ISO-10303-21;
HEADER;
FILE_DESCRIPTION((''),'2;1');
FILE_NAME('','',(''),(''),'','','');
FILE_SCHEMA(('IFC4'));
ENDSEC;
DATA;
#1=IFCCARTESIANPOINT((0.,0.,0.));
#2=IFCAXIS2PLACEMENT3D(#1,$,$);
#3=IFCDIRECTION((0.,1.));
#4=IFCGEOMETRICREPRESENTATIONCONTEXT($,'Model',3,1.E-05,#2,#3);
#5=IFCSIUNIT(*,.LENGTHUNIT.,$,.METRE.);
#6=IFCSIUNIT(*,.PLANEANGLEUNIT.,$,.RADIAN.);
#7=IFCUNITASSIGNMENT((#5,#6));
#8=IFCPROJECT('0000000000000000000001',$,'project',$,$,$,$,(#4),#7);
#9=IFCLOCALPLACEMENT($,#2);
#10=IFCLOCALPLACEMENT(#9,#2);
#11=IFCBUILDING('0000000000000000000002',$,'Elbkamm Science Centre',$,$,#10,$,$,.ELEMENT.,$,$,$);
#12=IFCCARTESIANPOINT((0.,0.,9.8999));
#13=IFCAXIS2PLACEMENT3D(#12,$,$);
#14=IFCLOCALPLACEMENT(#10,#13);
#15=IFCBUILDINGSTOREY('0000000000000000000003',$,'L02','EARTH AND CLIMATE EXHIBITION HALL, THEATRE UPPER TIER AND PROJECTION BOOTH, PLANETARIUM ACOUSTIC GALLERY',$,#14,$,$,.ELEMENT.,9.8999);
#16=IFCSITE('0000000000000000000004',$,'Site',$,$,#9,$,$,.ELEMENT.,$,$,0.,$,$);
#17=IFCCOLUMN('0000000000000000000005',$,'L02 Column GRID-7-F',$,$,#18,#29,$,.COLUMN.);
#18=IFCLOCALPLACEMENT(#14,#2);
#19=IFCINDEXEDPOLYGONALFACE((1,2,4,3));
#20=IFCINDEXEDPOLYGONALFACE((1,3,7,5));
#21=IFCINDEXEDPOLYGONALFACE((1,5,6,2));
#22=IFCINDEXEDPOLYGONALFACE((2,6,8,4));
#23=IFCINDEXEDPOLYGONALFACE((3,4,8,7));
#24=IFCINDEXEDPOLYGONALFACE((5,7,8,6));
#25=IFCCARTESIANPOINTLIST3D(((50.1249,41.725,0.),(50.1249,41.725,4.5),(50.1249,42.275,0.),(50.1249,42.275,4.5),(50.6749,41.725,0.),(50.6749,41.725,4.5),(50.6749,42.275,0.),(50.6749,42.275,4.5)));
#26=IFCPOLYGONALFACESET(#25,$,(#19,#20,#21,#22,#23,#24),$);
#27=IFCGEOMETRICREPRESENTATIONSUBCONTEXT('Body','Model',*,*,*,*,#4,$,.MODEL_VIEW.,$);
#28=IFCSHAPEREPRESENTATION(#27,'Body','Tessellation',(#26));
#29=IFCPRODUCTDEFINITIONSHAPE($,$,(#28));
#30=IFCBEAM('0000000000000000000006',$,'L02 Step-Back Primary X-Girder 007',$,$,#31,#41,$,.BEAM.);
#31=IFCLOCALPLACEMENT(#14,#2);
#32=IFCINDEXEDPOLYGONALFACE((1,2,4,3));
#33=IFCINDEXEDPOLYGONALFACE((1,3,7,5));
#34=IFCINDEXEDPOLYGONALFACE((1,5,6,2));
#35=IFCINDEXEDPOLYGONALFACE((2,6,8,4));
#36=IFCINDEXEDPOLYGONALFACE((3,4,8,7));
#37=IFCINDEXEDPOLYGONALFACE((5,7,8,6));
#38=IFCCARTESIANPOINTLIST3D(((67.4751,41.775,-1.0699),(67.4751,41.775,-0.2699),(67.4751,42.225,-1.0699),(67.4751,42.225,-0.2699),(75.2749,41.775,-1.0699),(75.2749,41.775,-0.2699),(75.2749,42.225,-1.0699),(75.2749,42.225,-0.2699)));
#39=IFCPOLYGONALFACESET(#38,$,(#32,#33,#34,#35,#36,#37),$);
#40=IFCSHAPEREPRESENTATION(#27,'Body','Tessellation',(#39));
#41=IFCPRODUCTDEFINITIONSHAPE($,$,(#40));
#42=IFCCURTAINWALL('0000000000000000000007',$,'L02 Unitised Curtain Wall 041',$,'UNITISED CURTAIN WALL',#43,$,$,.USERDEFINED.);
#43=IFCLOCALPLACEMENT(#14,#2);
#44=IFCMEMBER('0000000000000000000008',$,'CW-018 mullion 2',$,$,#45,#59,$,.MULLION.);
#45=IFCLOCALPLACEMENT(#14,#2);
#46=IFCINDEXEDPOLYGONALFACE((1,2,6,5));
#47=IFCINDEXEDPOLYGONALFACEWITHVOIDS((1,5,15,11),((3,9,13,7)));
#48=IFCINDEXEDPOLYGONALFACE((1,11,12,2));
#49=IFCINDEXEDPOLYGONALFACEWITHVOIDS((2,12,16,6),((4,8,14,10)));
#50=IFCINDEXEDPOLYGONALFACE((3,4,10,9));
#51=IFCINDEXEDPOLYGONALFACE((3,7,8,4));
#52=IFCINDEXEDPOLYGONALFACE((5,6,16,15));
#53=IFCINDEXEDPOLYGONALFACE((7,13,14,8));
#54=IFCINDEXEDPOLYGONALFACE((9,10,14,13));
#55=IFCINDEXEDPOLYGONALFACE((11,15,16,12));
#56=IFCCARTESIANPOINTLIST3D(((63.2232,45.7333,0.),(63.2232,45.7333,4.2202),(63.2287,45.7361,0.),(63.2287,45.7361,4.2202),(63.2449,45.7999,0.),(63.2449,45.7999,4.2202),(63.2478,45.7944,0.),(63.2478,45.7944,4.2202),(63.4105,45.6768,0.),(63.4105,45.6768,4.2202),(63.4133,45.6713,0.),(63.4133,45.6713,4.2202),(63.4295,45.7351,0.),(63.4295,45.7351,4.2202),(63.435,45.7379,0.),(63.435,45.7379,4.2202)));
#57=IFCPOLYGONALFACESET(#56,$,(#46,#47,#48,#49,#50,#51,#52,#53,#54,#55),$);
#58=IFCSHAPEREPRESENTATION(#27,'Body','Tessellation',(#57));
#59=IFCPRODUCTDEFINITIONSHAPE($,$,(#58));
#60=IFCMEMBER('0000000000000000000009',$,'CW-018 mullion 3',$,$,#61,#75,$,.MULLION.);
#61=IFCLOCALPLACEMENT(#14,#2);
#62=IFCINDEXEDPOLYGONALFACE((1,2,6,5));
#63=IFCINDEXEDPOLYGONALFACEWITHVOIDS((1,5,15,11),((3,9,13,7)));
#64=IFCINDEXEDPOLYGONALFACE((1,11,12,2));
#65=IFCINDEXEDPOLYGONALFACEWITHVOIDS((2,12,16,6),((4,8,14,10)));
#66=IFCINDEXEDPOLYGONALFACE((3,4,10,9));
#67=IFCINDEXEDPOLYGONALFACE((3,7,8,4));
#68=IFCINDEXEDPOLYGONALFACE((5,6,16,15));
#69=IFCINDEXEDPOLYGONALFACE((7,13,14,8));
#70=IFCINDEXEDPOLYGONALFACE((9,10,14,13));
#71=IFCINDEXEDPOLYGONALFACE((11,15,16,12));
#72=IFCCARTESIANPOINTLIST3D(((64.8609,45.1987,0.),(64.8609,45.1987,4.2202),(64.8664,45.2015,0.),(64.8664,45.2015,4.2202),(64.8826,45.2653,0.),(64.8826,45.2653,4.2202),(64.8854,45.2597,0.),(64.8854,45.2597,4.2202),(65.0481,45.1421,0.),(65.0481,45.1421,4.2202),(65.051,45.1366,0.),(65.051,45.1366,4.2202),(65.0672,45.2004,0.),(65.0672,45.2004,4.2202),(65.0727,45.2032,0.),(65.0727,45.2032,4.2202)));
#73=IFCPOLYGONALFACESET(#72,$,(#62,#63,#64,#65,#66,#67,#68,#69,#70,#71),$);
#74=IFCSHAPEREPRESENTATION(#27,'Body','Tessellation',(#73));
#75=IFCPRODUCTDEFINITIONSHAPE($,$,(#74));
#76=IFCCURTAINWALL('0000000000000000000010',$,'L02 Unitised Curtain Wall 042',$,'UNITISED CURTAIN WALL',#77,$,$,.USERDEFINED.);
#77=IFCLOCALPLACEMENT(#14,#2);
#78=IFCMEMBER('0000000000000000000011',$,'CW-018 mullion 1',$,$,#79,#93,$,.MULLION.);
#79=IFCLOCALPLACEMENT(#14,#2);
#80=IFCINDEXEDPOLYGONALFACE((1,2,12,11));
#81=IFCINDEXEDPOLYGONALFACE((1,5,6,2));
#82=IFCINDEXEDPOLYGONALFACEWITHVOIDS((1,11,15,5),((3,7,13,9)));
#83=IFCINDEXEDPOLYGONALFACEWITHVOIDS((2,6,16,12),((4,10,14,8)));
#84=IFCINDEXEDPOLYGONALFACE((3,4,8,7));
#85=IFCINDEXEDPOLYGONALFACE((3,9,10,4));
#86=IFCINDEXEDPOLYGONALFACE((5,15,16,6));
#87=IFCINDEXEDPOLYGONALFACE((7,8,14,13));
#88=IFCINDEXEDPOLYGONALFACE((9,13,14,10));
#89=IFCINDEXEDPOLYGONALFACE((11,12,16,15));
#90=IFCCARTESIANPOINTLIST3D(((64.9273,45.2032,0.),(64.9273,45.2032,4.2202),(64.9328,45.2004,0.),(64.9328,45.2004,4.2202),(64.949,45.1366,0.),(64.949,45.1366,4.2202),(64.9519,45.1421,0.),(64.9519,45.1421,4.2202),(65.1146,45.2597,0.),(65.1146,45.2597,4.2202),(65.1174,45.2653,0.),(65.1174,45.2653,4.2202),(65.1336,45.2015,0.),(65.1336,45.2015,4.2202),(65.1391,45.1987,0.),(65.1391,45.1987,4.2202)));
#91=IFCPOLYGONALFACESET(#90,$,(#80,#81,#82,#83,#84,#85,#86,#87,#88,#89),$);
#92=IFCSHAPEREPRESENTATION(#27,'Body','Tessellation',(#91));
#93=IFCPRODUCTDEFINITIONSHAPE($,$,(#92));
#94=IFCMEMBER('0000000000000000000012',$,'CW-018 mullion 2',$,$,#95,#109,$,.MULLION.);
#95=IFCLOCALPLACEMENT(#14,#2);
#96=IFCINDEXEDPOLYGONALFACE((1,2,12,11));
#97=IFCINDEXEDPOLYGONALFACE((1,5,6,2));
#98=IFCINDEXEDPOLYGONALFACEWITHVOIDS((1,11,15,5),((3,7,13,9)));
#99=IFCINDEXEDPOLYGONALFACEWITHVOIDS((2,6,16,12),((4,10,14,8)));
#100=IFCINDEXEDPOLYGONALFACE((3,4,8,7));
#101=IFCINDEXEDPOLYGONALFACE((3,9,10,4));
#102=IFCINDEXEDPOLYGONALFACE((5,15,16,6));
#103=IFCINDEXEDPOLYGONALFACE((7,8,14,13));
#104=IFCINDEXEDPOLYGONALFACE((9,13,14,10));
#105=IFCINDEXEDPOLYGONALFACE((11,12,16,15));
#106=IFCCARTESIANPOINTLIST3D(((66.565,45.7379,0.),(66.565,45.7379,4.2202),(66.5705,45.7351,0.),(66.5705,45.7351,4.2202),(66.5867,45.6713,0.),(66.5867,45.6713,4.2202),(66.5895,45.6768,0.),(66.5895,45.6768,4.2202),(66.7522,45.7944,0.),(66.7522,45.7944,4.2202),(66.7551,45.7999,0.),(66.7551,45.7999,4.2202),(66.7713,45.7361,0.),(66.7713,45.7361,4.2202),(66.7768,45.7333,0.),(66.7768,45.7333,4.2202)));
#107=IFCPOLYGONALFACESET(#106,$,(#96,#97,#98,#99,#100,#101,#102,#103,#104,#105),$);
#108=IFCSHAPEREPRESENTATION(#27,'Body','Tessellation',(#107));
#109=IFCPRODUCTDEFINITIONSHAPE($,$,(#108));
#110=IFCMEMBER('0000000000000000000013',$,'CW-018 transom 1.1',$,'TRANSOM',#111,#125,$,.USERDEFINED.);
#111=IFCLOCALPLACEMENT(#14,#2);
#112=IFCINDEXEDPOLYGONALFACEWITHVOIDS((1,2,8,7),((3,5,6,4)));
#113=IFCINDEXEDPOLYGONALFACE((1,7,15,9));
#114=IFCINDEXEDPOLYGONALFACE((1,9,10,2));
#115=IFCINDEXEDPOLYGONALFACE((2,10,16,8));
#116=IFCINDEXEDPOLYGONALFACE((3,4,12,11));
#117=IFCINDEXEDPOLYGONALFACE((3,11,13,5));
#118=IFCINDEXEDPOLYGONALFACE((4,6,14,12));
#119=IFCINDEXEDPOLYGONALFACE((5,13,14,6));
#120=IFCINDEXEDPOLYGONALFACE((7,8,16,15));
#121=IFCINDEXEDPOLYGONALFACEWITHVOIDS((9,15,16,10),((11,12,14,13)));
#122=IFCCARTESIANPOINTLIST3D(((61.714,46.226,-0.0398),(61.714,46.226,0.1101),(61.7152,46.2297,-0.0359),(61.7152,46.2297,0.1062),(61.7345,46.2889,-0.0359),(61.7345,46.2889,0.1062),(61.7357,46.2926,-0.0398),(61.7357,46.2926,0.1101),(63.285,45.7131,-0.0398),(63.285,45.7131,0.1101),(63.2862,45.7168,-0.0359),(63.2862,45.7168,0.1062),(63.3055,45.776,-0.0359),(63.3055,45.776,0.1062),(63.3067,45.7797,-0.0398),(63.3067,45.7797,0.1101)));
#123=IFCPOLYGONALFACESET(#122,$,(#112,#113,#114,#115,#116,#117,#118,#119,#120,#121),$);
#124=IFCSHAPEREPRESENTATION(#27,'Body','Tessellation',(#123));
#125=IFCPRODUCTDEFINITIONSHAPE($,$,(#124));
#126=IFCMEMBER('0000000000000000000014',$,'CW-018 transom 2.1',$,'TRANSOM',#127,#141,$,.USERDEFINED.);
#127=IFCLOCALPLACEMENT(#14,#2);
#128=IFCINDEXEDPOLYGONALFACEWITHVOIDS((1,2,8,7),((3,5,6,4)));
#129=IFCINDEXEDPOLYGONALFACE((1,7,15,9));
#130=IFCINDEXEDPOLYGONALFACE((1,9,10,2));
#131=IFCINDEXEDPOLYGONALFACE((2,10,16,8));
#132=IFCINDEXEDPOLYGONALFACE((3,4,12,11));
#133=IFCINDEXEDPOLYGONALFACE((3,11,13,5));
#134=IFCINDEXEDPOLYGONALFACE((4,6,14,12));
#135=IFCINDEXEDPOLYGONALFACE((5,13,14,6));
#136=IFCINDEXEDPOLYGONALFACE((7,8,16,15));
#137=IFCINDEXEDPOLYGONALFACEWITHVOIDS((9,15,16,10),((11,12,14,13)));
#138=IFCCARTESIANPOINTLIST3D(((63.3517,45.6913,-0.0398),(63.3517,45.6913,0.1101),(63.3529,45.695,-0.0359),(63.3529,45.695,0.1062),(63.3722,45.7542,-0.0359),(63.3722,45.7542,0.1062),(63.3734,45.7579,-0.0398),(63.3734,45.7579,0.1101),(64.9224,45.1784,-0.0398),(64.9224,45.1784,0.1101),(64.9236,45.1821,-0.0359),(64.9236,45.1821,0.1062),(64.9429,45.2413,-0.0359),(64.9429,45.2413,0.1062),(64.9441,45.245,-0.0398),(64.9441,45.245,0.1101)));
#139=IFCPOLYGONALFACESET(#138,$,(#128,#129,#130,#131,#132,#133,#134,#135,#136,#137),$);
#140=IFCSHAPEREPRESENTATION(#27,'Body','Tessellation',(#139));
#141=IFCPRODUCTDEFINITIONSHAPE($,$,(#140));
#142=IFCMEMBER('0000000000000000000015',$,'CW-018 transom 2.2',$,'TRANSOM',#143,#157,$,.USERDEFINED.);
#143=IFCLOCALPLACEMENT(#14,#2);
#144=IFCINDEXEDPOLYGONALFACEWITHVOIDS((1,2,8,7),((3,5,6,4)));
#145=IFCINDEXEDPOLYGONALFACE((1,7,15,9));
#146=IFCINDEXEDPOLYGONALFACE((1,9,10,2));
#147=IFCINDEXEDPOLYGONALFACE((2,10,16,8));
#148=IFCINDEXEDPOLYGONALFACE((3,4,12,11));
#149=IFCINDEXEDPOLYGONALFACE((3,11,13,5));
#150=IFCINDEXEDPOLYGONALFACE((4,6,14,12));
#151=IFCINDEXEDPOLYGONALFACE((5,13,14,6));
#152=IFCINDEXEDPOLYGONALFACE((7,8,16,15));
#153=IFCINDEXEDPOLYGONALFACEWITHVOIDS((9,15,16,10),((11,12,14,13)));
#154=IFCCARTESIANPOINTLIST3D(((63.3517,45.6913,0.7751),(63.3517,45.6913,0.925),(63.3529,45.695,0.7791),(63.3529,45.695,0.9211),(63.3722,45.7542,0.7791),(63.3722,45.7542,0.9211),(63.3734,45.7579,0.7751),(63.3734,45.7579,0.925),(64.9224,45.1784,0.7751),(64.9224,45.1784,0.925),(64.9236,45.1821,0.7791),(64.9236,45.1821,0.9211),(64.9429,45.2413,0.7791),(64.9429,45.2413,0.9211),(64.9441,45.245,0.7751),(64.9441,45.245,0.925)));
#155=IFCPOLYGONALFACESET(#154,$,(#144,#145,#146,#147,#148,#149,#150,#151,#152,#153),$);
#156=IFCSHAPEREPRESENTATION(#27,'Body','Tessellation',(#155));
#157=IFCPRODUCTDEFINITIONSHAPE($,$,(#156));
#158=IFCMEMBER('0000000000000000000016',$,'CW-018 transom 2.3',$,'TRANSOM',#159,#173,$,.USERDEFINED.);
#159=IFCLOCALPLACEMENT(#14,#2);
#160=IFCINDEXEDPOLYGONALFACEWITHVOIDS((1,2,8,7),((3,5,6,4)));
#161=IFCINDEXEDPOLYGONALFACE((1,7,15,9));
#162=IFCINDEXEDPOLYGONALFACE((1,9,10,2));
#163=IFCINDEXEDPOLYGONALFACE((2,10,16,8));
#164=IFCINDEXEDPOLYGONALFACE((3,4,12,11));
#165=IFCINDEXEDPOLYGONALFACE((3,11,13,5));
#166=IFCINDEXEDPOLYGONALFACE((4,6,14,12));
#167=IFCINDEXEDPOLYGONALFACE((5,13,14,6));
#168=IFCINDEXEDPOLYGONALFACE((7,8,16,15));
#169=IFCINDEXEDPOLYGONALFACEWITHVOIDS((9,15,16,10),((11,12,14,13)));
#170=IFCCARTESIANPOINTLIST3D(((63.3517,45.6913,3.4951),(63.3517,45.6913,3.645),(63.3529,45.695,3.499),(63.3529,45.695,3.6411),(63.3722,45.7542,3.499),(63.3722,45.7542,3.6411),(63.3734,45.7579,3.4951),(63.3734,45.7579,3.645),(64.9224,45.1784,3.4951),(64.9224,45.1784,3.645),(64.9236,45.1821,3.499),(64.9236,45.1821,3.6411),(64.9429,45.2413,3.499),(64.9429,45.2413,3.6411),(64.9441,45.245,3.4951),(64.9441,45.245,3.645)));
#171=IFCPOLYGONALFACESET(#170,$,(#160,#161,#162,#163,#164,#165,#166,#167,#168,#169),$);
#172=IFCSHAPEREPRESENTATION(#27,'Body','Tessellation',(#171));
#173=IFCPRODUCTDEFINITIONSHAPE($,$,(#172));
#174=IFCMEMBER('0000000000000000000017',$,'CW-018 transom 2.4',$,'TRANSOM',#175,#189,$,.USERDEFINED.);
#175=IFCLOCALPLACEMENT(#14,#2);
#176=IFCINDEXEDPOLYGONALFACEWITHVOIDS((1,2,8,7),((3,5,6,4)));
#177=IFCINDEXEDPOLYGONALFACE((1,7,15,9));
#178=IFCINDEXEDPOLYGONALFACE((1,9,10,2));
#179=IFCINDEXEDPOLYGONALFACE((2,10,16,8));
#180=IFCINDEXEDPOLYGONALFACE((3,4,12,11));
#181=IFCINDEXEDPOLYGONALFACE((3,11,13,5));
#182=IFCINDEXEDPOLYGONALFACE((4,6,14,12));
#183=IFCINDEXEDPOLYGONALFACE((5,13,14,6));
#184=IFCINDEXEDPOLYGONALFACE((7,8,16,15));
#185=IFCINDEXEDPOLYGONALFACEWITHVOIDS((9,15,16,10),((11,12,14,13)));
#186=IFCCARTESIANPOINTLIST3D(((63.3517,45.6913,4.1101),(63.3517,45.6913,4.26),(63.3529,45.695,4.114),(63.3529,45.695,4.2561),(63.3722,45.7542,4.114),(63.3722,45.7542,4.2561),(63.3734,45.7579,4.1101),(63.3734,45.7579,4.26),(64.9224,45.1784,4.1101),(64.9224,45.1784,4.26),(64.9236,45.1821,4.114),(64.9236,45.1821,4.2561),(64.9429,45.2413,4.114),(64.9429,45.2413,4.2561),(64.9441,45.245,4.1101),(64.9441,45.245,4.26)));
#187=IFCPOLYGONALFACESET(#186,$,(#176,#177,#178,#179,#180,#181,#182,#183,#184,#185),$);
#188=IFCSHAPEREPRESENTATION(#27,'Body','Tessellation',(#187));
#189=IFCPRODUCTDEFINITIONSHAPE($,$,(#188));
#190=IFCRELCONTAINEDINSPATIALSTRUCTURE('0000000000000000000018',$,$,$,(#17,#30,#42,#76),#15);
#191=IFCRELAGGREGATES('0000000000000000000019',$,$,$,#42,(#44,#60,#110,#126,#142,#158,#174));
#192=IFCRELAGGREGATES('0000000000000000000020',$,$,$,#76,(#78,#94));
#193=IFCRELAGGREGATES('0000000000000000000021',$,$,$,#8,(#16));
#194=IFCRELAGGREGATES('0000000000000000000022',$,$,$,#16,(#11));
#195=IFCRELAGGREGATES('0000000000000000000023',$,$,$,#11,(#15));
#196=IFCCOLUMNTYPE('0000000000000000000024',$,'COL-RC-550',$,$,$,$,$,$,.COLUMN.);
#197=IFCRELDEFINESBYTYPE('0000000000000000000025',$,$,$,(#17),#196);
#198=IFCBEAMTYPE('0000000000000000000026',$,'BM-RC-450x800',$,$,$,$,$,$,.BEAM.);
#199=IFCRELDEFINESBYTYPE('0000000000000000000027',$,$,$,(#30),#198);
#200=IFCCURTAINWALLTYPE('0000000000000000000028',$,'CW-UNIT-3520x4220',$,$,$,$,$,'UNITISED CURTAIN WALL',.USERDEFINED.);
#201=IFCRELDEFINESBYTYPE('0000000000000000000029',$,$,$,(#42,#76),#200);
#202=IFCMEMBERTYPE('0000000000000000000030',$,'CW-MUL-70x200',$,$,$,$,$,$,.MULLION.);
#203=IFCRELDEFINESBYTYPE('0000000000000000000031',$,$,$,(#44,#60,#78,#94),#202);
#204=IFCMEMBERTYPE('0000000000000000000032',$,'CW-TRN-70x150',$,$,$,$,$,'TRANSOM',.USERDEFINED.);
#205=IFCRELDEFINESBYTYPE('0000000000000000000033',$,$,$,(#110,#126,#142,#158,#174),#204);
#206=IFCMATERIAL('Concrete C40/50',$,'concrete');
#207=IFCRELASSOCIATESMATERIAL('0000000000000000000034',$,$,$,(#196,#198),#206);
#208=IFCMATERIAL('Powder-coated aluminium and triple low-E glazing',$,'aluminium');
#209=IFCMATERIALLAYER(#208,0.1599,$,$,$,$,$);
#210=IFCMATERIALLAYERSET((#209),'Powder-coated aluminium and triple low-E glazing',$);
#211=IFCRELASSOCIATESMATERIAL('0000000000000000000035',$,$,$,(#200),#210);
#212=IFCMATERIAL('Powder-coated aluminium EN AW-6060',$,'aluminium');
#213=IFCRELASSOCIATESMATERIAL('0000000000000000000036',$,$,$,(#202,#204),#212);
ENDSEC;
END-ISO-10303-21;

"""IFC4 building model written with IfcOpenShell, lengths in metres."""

from ifc_helpers import new_model, si_unit, direction, frame, origin, origin_2d, place, context, subcontext, project, spatial, rectangle, hollow_rectangle, extrude, material, layer, layer_set, material_profile, profile_set, type_object, element, aggregate, save


model = new_model("IFC4")

# Units and contexts
model_context = context("Model", 3, precision=1e-05, world=origin(), true_north=direction((0.0, 1.0)))
body_context = subcontext(model_context, "Body", "Model", "MODEL_VIEW")
ifc_project = project(units=[si_unit("LENGTHUNIT", "METRE"), si_unit("PLANEANGLEUNIT", "RADIAN")], contexts=[model_context])

# Site, building, storey
site_placement = place(None, origin())
site = spatial("IfcSite", under=ifc_project, at=site_placement, Name="Site", CompositionType="ELEMENT", RefElevation=0.0)
building_placement = place(site_placement, origin())
building = spatial("IfcBuilding", under=site, at=building_placement, Name="Elbkamm Science Centre", CompositionType="ELEMENT")
storey_placement = place(building_placement, frame((0.0, 0.0, 9.8999)))
storey = spatial("IfcBuildingStorey", under=building, at=storey_placement, Name="L02", Description="EARTH AND CLIMATE EXHIBITION HALL, THEATRE UPPER TIER AND PROJECTION BOOTH, PLANETARIUM ACOUSTIC GALLERY", CompositionType="ELEMENT", Elevation=9.8999)

# Column
ifc_material_1 = material(Name="Concrete C40/50", Category="concrete")
ifc_material_profile_1 = material_profile(ifc_material_1, rectangle(XDim=0.55, YDim=0.55, at=origin_2d()), Name="RC 550x550")
ifc_profile_set_1 = profile_set([ifc_material_profile_1], Name="Concrete C40/50")
column_type = type_object("IfcColumnType", Name="COL-RC-550", PredefinedType="COLUMN", material=ifc_profile_set_1)
column_placement = place(storey_placement, frame((50.3999, 42.0, 0.0), z_axis=(0.0, 0.0, 1.0), x_axis=(1.0, 0.0, 0.0)))
element("IfcColumn", 1, at=column_placement, inside=storey, type_object=column_type, Name="L02 Column GRID-7-F", PredefinedType="COLUMN", context=body_context, shape_type="SweptSolid", body=[
    extrude(rectangle(XDim=0.55, YDim=0.55, at=origin_2d()), origin(), (0.0, 0.0, 1.0), 4.5),
])

# Beam
ifc_material_profile_2 = material_profile(ifc_material_1, rectangle(XDim=0.45, YDim=0.8, at=origin_2d()), Name="RC 450x800")
ifc_profile_set_2 = profile_set([ifc_material_profile_2], Name="Concrete C40/50")
beam_type = type_object("IfcBeamType", Name="BM-RC-450x800", PredefinedType="BEAM", material=ifc_profile_set_2)
beam_placement = place(storey_placement, frame((67.4751, 42.0, -0.6699), z_axis=(1.0, 0.0, 0.0), x_axis=(0.0, 1.0, 0.0)))
element("IfcBeam", 2, at=beam_placement, inside=storey, type_object=beam_type, Name="L02 Step-Back Primary X-Girder 007", PredefinedType="BEAM", context=body_context, shape_type="SweptSolid", body=[
    extrude(rectangle(XDim=0.45, YDim=0.8, at=origin_2d()), origin(), (0.0, 0.0, 1.0), 7.7998),
])

# Curtain walls, members
ifc_material_2 = material(Name="Powder-coated aluminium and triple low-E glazing", Category="aluminium")
ifc_layer_1 = layer(ifc_material_2, 0.1599)
ifc_layer_set_1 = layer_set([ifc_layer_1], Name="Powder-coated aluminium and triple low-E glazing")
curtain_wall_type = type_object("IfcCurtainWallType", Name="CW-UNIT-3520x4220", ElementType="UNITISED CURTAIN WALL", PredefinedType="USERDEFINED", material=ifc_layer_set_1)
curtain_wall_1_placement = place(storey_placement, origin())
curtain_wall_1 = element("IfcCurtainWall", 3, at=curtain_wall_1_placement, inside=storey, type_object=curtain_wall_type, Name="L02 Unitised Curtain Wall 041", ObjectType="UNITISED CURTAIN WALL", PredefinedType="USERDEFINED")
ifc_material_3 = material(Name="Powder-coated aluminium EN AW-6060", Category="aluminium")
ifc_material_profile_3 = material_profile(ifc_material_3, hollow_rectangle(XDim=0.0701, YDim=0.2, WallThickness=0.0044, at=origin_2d()), Name="ALU M70x200")
ifc_profile_set_3 = profile_set([ifc_material_profile_3], Name="Powder-coated aluminium EN AW-6060")
member_type_1 = type_object("IfcMemberType", Name="CW-MUL-70x200", PredefinedType="MULLION", material=ifc_profile_set_3)
member_1_placement = place(storey_placement, frame((63.3291, 45.7356, 0.0), z_axis=(0.0, 0.0, 1.0), x_axis=(0.310367, 0.950617, 0.0)))
member_1 = element("IfcMember", 4, at=member_1_placement, type_object=member_type_1, Name="CW-018 mullion 2", PredefinedType="MULLION", context=body_context, shape_type="SweptSolid", body=[
    extrude(hollow_rectangle(XDim=0.0701, YDim=0.2, WallThickness=0.0044, at=origin_2d()), origin(), (0.0, 0.0, 1.0), 4.2202),
])
member_2_placement = place(storey_placement, frame((64.9668, 45.2009, 0.0), z_axis=(0.0, 0.0, 1.0), x_axis=(0.310367, 0.950617, 0.0)))
member_2 = element("IfcMember", 5, at=member_2_placement, type_object=member_type_1, Name="CW-018 mullion 3", PredefinedType="MULLION", context=body_context, shape_type="SweptSolid", body=[
    extrude(hollow_rectangle(XDim=0.0701, YDim=0.2, WallThickness=0.0044, at=origin_2d()), origin(), (0.0, 0.0, 1.0), 4.2202),
])
curtain_wall_2_placement = place(storey_placement, origin())
curtain_wall_2 = element("IfcCurtainWall", 6, at=curtain_wall_2_placement, inside=storey, type_object=curtain_wall_type, Name="L02 Unitised Curtain Wall 042", ObjectType="UNITISED CURTAIN WALL", PredefinedType="USERDEFINED")
member_3_placement = place(storey_placement, frame((65.0332, 45.2009, 0.0), z_axis=(0.0, 0.0, 1.0), x_axis=(-0.310367, 0.950617, 0.0)))
member_3 = element("IfcMember", 7, at=member_3_placement, type_object=member_type_1, Name="CW-018 mullion 1", PredefinedType="MULLION", context=body_context, shape_type="SweptSolid", body=[
    extrude(hollow_rectangle(XDim=0.0701, YDim=0.2, WallThickness=0.0044, at=origin_2d()), origin(), (0.0, 0.0, 1.0), 4.2202),
])
member_4_placement = place(storey_placement, frame((66.6709, 45.7356, 0.0), z_axis=(0.0, 0.0, 1.0), x_axis=(-0.310367, 0.950617, 0.0)))
member_4 = element("IfcMember", 8, at=member_4_placement, type_object=member_type_1, Name="CW-018 mullion 2", PredefinedType="MULLION", context=body_context, shape_type="SweptSolid", body=[
    extrude(hollow_rectangle(XDim=0.0701, YDim=0.2, WallThickness=0.0044, at=origin_2d()), origin(), (0.0, 0.0, 1.0), 4.2202),
])

# Members
ifc_material_profile_4 = material_profile(ifc_material_3, hollow_rectangle(XDim=0.0701, YDim=0.1499, WallThickness=0.0039, at=origin_2d()), Name="ALU T70x150")
ifc_profile_set_4 = profile_set([ifc_material_profile_4], Name="Powder-coated aluminium EN AW-6060")
member_type_2 = type_object("IfcMemberType", Name="CW-TRN-70x150", ElementType="TRANSOM", PredefinedType="USERDEFINED", material=ifc_profile_set_4)
member_5_placement = place(storey_placement, frame((61.7249, 46.2593, 0.0352), z_axis=(0.950615, -0.310372, 0.0), x_axis=(0.310372, 0.950615, 0.0)))
member_5 = element("IfcMember", 9, at=member_5_placement, type_object=member_type_2, Name="CW-018 transom 1.1", ObjectType="TRANSOM", PredefinedType="USERDEFINED", context=body_context, shape_type="SweptSolid", body=[
    extrude(hollow_rectangle(XDim=0.0701, YDim=0.1499, WallThickness=0.0039, at=origin_2d()), origin(), (0.0, 0.0, 1.0), 1.6526),
])
member_6_placement = place(storey_placement, frame((63.3625, 45.7246, 0.0352), z_axis=(0.950601, -0.310415, 0.0), x_axis=(0.310415, 0.950601, 0.0)))
member_6 = element("IfcMember", 10, at=member_6_placement, type_object=member_type_2, Name="CW-018 transom 2.1", ObjectType="TRANSOM", PredefinedType="USERDEFINED", context=body_context, shape_type="SweptSolid", body=[
    extrude(hollow_rectangle(XDim=0.0701, YDim=0.1499, WallThickness=0.0039, at=origin_2d()), origin(), (0.0, 0.0, 1.0), 1.6523),
])
member_7_placement = place(storey_placement, frame((63.3625, 45.7246, 0.8501), z_axis=(0.950601, -0.310415, 0.0), x_axis=(0.310415, 0.950601, 0.0)))
member_7 = element("IfcMember", 11, at=member_7_placement, type_object=member_type_2, Name="CW-018 transom 2.2", ObjectType="TRANSOM", PredefinedType="USERDEFINED", context=body_context, shape_type="SweptSolid", body=[
    extrude(hollow_rectangle(XDim=0.0701, YDim=0.1499, WallThickness=0.0039, at=origin_2d()), origin(), (0.0, 0.0, 1.0), 1.6523),
])
member_8_placement = place(storey_placement, frame((63.3625, 45.7246, 3.5701), z_axis=(0.950601, -0.310415, 0.0), x_axis=(0.310415, 0.950601, 0.0)))
member_8 = element("IfcMember", 12, at=member_8_placement, type_object=member_type_2, Name="CW-018 transom 2.3", ObjectType="TRANSOM", PredefinedType="USERDEFINED", context=body_context, shape_type="SweptSolid", body=[
    extrude(hollow_rectangle(XDim=0.0701, YDim=0.1499, WallThickness=0.0039, at=origin_2d()), origin(), (0.0, 0.0, 1.0), 1.6523),
])
member_9_placement = place(storey_placement, frame((63.3625, 45.7246, 4.1851), z_axis=(0.950601, -0.310415, 0.0), x_axis=(0.310415, 0.950601, 0.0)))
member_9 = element("IfcMember", 13, at=member_9_placement, type_object=member_type_2, Name="CW-018 transom 2.4", ObjectType="TRANSOM", PredefinedType="USERDEFINED", context=body_context, shape_type="SweptSolid", body=[
    extrude(hollow_rectangle(XDim=0.0701, YDim=0.1499, WallThickness=0.0039, at=origin_2d()), origin(), (0.0, 0.0, 1.0), 1.6523),
])

aggregate(curtain_wall_1, [member_1, member_2, member_5, member_6, member_7, member_8, member_9])
aggregate(curtain_wall_2, [member_3, member_4])

save(model, "model.ifc")
